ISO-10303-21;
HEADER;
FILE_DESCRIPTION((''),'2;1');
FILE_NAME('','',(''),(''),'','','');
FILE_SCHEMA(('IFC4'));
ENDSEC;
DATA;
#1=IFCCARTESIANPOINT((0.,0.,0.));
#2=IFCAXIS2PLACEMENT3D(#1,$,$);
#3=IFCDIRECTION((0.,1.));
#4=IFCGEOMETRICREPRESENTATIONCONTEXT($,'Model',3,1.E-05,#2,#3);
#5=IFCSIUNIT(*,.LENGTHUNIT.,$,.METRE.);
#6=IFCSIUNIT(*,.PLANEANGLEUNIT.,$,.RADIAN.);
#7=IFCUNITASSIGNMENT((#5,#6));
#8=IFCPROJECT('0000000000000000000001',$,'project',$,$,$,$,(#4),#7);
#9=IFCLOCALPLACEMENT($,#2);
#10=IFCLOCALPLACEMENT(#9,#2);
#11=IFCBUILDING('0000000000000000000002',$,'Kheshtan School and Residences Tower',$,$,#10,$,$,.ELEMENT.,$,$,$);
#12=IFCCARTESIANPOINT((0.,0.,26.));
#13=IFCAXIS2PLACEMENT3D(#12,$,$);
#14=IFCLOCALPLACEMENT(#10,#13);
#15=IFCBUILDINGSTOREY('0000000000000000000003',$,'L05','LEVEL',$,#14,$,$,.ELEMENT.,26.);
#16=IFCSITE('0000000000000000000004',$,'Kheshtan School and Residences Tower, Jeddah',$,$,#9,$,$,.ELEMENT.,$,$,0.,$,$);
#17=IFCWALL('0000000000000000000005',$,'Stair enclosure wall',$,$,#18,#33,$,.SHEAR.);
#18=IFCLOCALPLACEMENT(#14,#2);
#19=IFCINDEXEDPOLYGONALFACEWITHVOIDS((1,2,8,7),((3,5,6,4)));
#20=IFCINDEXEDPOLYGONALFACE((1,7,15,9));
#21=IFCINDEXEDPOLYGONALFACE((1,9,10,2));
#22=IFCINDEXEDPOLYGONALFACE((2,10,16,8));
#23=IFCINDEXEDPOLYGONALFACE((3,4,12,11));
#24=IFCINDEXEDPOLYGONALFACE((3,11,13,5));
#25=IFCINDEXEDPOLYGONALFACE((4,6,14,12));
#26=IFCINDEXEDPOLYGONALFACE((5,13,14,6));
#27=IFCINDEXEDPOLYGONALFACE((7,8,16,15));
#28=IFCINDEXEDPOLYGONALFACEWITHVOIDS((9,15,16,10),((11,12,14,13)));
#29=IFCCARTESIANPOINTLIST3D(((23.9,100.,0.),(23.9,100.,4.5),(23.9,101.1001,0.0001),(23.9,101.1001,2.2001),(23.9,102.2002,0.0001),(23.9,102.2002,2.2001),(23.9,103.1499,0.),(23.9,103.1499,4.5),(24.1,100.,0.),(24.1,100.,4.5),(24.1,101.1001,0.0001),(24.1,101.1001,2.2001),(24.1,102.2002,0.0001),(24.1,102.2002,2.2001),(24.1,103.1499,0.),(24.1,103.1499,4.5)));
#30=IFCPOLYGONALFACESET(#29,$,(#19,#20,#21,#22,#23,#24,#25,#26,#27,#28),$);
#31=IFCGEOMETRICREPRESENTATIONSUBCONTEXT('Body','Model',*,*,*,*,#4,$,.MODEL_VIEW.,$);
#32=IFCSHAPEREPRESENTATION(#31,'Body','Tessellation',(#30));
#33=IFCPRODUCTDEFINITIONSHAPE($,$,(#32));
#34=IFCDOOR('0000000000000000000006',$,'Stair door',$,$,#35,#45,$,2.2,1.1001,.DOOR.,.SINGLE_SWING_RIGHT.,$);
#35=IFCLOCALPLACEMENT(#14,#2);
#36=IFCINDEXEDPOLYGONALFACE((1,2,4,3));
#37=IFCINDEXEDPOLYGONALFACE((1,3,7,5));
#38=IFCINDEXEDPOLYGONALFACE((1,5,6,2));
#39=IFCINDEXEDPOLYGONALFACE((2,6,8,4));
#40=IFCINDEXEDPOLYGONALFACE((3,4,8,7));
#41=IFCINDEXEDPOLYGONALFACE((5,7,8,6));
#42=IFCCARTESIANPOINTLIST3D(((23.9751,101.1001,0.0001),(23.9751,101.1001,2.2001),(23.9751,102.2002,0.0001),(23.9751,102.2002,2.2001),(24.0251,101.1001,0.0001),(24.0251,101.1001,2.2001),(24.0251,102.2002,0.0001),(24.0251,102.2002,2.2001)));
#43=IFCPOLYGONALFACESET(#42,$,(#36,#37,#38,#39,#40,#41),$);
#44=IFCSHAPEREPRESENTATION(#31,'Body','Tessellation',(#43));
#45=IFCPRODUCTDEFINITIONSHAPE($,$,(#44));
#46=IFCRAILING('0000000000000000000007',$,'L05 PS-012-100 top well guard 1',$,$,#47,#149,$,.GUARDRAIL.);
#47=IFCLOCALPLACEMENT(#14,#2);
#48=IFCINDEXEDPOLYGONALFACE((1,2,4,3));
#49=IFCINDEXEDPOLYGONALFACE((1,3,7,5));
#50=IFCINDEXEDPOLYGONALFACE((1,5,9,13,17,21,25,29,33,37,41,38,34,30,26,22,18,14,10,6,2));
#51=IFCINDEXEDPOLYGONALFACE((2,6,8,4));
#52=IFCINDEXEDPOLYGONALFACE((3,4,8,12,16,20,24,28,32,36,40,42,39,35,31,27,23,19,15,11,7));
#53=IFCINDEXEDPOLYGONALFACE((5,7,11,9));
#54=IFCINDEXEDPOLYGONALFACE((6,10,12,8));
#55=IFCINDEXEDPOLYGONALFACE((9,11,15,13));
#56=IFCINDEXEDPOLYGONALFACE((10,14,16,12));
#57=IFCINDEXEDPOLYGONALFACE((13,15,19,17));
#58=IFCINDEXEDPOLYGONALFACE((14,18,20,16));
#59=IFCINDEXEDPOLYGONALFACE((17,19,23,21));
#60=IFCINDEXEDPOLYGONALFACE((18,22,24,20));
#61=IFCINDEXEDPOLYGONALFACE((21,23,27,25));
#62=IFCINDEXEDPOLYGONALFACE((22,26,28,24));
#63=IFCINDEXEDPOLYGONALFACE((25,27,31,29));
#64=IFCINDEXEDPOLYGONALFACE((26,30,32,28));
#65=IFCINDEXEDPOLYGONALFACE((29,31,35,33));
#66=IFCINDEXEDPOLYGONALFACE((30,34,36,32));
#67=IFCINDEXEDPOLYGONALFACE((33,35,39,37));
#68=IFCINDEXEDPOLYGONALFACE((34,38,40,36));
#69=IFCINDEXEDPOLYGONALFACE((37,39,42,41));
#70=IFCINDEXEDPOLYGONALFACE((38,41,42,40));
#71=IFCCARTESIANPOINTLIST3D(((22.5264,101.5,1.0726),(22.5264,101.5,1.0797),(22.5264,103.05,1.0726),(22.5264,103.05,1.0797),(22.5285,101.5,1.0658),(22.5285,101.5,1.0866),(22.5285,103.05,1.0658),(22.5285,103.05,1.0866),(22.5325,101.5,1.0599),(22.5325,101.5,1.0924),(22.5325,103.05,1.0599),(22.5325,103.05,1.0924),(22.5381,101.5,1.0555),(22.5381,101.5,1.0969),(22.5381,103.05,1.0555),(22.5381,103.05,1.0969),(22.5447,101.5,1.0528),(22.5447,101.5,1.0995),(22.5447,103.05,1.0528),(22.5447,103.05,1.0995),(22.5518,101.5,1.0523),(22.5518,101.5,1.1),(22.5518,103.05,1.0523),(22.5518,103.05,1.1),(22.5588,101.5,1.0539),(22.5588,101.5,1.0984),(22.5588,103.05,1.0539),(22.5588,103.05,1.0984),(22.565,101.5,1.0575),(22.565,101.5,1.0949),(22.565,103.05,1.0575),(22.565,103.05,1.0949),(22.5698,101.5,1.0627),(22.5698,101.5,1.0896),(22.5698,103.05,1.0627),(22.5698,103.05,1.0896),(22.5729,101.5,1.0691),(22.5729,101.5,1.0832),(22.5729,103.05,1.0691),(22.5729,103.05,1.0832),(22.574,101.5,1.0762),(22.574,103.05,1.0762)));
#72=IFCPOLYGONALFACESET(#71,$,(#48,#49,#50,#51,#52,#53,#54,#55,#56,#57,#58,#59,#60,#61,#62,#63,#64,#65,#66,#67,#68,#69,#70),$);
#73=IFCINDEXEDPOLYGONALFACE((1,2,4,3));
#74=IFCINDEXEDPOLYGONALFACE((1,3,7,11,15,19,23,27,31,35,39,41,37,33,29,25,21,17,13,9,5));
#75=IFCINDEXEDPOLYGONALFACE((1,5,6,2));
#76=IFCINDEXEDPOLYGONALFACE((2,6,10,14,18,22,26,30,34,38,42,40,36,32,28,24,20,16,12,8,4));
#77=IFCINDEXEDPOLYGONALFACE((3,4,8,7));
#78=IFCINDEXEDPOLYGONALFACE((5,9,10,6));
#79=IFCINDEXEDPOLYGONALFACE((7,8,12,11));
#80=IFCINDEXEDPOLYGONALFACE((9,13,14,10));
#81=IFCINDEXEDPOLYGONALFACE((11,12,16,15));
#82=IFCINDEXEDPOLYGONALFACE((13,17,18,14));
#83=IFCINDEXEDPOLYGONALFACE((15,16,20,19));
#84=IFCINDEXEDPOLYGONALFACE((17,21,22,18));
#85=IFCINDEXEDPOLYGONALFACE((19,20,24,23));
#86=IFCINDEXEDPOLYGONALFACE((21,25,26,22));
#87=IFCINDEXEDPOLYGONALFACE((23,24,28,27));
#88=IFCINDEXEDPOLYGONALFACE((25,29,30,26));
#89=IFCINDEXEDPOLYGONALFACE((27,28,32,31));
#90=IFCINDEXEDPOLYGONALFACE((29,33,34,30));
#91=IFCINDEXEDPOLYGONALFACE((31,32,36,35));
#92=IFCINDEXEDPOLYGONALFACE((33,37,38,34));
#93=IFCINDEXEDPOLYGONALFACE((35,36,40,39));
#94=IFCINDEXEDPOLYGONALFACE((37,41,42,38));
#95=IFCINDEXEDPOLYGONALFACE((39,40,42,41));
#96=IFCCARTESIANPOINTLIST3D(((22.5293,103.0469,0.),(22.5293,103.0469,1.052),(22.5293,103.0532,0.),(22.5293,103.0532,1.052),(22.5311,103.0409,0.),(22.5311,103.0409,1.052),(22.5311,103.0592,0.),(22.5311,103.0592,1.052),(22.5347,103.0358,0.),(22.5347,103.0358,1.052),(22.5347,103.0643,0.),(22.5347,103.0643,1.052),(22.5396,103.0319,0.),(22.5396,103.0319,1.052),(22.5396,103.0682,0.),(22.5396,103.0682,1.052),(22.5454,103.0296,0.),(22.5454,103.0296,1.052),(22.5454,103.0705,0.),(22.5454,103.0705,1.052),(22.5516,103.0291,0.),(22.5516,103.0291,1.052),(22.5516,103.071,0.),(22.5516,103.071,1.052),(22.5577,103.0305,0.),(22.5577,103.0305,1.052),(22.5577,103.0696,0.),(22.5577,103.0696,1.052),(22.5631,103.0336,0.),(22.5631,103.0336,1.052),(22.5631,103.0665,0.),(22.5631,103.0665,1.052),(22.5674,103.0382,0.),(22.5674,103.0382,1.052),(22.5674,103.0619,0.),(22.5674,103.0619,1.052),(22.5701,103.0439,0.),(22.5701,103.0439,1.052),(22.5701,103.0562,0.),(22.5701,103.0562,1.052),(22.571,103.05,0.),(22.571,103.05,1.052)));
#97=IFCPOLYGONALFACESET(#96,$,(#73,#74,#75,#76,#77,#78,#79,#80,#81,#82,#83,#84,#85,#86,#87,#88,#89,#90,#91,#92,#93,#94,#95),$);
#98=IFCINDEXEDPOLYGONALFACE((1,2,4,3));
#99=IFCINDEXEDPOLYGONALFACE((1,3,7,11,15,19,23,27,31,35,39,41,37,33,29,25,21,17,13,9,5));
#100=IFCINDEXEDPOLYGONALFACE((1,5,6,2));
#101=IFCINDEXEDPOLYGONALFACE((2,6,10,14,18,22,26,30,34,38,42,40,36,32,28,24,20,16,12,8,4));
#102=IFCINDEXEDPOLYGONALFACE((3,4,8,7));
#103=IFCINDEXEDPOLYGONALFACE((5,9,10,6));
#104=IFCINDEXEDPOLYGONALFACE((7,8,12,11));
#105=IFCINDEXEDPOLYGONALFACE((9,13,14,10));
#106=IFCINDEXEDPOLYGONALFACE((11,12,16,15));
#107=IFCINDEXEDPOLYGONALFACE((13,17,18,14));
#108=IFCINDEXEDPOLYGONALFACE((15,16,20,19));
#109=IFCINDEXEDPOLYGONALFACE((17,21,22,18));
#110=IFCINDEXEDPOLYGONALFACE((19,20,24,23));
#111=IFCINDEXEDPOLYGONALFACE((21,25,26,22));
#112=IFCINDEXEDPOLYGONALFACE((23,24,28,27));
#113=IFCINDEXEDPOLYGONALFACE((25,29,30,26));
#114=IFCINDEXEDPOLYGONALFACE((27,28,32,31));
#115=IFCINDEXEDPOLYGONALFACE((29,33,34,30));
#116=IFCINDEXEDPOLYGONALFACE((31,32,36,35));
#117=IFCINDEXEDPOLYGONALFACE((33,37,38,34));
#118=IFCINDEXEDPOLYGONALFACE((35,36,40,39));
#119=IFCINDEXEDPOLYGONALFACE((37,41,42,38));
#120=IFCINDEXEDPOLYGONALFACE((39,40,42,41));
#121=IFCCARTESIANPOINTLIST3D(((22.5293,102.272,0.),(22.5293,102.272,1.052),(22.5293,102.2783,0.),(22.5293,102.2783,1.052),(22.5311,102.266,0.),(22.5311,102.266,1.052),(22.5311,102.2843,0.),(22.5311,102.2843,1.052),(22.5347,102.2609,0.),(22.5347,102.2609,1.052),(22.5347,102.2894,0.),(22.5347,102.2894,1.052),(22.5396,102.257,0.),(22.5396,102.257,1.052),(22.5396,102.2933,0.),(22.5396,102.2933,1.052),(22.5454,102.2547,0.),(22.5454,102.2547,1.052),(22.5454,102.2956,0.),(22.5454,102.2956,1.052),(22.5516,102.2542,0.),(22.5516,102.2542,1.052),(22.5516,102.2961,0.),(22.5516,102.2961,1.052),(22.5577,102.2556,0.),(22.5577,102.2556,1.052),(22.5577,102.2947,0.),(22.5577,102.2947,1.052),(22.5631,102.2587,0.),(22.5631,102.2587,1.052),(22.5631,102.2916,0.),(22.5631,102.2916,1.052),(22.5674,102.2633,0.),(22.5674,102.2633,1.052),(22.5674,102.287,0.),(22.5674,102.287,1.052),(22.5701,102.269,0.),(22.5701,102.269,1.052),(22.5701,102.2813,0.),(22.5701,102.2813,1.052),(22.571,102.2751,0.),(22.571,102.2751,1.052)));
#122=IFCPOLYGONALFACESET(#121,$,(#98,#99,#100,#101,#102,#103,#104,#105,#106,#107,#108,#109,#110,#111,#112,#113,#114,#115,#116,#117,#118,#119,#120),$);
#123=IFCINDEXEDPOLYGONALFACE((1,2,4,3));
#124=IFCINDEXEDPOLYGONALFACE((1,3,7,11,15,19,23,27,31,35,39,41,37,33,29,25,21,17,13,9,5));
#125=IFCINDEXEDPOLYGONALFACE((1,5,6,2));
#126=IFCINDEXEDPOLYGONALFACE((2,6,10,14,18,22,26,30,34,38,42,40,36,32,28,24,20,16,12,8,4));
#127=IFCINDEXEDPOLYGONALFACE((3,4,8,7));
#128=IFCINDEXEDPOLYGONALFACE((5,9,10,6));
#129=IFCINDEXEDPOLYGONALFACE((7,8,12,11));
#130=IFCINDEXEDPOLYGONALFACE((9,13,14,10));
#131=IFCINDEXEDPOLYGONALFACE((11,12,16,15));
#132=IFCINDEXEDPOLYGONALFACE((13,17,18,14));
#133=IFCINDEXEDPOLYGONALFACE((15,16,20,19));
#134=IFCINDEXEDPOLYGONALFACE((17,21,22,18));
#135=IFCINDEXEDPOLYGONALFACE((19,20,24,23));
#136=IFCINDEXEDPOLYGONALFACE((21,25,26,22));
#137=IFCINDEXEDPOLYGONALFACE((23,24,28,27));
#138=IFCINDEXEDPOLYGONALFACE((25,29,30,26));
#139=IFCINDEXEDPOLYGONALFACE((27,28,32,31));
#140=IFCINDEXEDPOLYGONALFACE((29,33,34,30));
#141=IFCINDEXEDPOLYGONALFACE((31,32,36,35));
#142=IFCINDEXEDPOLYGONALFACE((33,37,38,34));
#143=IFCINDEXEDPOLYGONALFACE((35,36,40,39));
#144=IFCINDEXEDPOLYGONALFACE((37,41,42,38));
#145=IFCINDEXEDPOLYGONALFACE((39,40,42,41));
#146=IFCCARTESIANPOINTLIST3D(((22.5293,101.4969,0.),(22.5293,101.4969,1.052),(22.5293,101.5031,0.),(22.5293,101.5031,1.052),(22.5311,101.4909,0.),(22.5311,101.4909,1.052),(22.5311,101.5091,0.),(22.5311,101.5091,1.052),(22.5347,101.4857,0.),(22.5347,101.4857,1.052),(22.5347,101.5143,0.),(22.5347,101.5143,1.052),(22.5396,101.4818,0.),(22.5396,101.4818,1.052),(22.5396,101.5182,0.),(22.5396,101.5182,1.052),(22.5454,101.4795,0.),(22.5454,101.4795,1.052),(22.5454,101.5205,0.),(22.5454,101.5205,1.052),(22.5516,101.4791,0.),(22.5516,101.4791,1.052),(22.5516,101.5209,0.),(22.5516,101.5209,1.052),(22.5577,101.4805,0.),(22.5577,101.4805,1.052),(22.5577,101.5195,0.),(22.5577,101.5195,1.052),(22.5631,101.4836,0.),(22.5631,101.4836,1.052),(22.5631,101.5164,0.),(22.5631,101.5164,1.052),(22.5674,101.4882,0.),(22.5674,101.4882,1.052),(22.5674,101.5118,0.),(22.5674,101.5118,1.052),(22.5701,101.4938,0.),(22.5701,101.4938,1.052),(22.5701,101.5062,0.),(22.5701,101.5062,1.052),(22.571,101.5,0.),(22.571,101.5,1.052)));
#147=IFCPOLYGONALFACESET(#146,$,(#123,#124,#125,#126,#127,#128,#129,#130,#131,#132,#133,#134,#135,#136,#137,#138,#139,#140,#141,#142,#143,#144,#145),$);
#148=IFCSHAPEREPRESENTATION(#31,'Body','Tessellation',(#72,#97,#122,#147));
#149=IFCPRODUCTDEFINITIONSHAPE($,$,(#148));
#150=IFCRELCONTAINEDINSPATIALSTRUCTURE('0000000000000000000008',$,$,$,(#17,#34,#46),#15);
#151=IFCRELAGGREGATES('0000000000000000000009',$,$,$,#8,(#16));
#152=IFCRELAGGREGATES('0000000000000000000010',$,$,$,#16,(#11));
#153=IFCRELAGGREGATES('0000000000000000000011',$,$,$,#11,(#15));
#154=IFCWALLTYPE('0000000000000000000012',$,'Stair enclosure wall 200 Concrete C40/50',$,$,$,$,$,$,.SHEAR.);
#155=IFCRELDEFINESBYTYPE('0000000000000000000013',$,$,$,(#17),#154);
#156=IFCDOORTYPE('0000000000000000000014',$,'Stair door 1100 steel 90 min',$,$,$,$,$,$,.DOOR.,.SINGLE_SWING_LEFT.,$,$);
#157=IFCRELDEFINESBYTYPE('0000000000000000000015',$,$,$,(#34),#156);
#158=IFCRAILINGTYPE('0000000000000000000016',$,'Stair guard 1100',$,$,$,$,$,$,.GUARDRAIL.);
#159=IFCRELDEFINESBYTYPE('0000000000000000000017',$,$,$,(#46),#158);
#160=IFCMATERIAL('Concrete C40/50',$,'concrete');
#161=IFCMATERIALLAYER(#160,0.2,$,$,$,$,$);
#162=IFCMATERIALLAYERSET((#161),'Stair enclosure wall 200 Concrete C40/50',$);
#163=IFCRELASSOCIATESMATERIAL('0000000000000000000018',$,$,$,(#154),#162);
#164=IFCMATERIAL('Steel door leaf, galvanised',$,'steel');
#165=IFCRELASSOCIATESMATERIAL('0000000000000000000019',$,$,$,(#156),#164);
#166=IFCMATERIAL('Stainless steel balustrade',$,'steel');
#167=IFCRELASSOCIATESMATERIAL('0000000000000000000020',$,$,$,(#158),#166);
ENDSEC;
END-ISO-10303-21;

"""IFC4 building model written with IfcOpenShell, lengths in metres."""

from ifc_helpers import new_model, si_unit, direction, frame, frame_2d, origin, origin_2d, place, context, subcontext, project, spatial, rectangle, circle, extrude, source, transform, mapped, material, layer, layer_set, type_object, element, fill, save


model = new_model("IFC4")

# Units and contexts
model_context = context("Model", 3, precision=1e-05, world=origin(), true_north=direction((0.0, 1.0)))
body_context = subcontext(model_context, "Body", "Model", "MODEL_VIEW")
ifc_project = project(units=[si_unit("LENGTHUNIT", "METRE"), si_unit("PLANEANGLEUNIT", "RADIAN")], contexts=[model_context])

# Site, building, storey
site_placement = place(None, origin())
site = spatial("IfcSite", under=ifc_project, at=site_placement, Name="Kheshtan School and Residences Tower, Jeddah", CompositionType="ELEMENT", RefElevation=0.0)
building_placement = place(site_placement, origin())
building = spatial("IfcBuilding", under=site, at=building_placement, Name="Kheshtan School and Residences Tower", CompositionType="ELEMENT")
storey_placement = place(building_placement, frame((0.0, 0.0, 26.0)))
storey = spatial("IfcBuildingStorey", under=building, at=storey_placement, Name="L05", Description="LEVEL", CompositionType="ELEMENT", Elevation=26.0)

# Shared definitions
ifc_material_1 = material(Name="Concrete C40/50", Category="concrete")
ifc_layer_1 = layer(ifc_material_1, 0.2)
ifc_layer_set_1 = layer_set([ifc_layer_1], Name="Stair enclosure wall 200 Concrete C40/50")
wall_type_1 = type_object("IfcWallType", Name="Stair enclosure wall 200 Concrete C40/50", PredefinedType="SHEAR", material=ifc_layer_set_1)

# Wall, opening, door
wall_1_placement = place(storey_placement, frame((24.0, 100.0, 0.0), z_axis=(0.0, 0.0, 1.0), x_axis=(0.0, 1.0, 0.0)))
wall_1 = element("IfcWall", 1, at=wall_1_placement, inside=storey, type_object=wall_type_1, Name="Stair enclosure wall", PredefinedType="SHEAR", context=body_context, shape_type="SweptSolid", body=[
    extrude(rectangle(XDim=3.1499, YDim=0.2, at=frame_2d((1.575, 0.0))), origin(), (0.0, 0.0, 1.0), 4.5),
])
opening_1_placement = place(wall_1_placement, frame((1.1001, 0.0, 0.0)))
opening_1 = element("IfcOpeningElement", 2, at=opening_1_placement, cuts=wall_1, PredefinedType="OPENING", context=body_context, shape_type="SweptSolid", body=[
    extrude(rectangle(XDim=1.1001, YDim=2.2, at=frame_2d((0.55, 1.1001))), frame((0.0, 0.1099, 0.0), z_axis=(0.0, -1.0, 0.0), x_axis=(1.0, 0.0, 0.0)), (0.0, 0.0, 1.0), 0.22),
])
ifc_material_2 = material(Name="Steel door leaf, galvanised", Category="steel")
door_type_1 = type_object("IfcDoorType", Name="Stair door 1100 steel 90 min", OperationType="SINGLE_SWING_LEFT", PredefinedType="DOOR", material=ifc_material_2)
shared_shape_1 = source(origin(), body_context, "Body", "SweptSolid", [
    extrude(rectangle(XDim=1.1001, YDim=2.2, at=frame_2d((0.55, 1.1001))), frame((0.0, 0.0249, 0.0), z_axis=(0.0, -1.0, 0.0), x_axis=(1.0, 0.0, 0.0)), (0.0, 0.0, 1.0), 0.05),
])
door_1_placement = place(opening_1_placement, origin())
door_1 = element("IfcDoor", 3, at=door_1_placement, inside=storey, type_object=door_type_1, Name="Stair door", OperationType="SINGLE_SWING_RIGHT", OverallHeight=2.2, OverallWidth=1.1001, PredefinedType="DOOR", context=body_context, shape_type="MappedRepresentation", body=[
    mapped(shared_shape_1, transform((0.0, 0.0, 0.0), x_axis=(1.0, 0.0, 0.0), y_axis=(0.0, 1.0, 0.0), z_axis=(0.0, 0.0, 1.0), scale=1.0)),
])
fill(opening_1, door_1)

# Railing
ifc_material_3 = material(Name="Stainless steel balustrade", Category="steel")
railing_type = type_object("IfcRailingType", Name="Stair guard 1100", PredefinedType="GUARDRAIL", material=ifc_material_3)
railing_placement = place(storey_placement, frame((22.55, 103.05, 0.0)))
element("IfcRailing", 4, at=railing_placement, inside=storey, type_object=railing_type, Name="L05 PS-012-100 top well guard 1", PredefinedType="GUARDRAIL", context=body_context, shape_type="SweptSolid", body=[
    extrude(circle(Radius=0.0239, at=origin_2d()), frame((0.0, 0.0, 1.0762), z_axis=(0.0, -1.0, 0.0), x_axis=(1.0, 0.0, 0.0)), (0.0, 0.0, 1.0), 1.55),
    extrude(circle(Radius=0.021, at=origin_2d()), origin(), (0.0, 0.0, 1.0), 1.052),
    extrude(circle(Radius=0.021, at=origin_2d()), frame((0.0, -0.7749, 0.0)), (0.0, 0.0, 1.0), 1.052),
    extrude(circle(Radius=0.021, at=origin_2d()), frame((0.0, -1.55, 0.0)), (0.0, 0.0, 1.0), 1.052),
])

save(model, "model.ifc")
